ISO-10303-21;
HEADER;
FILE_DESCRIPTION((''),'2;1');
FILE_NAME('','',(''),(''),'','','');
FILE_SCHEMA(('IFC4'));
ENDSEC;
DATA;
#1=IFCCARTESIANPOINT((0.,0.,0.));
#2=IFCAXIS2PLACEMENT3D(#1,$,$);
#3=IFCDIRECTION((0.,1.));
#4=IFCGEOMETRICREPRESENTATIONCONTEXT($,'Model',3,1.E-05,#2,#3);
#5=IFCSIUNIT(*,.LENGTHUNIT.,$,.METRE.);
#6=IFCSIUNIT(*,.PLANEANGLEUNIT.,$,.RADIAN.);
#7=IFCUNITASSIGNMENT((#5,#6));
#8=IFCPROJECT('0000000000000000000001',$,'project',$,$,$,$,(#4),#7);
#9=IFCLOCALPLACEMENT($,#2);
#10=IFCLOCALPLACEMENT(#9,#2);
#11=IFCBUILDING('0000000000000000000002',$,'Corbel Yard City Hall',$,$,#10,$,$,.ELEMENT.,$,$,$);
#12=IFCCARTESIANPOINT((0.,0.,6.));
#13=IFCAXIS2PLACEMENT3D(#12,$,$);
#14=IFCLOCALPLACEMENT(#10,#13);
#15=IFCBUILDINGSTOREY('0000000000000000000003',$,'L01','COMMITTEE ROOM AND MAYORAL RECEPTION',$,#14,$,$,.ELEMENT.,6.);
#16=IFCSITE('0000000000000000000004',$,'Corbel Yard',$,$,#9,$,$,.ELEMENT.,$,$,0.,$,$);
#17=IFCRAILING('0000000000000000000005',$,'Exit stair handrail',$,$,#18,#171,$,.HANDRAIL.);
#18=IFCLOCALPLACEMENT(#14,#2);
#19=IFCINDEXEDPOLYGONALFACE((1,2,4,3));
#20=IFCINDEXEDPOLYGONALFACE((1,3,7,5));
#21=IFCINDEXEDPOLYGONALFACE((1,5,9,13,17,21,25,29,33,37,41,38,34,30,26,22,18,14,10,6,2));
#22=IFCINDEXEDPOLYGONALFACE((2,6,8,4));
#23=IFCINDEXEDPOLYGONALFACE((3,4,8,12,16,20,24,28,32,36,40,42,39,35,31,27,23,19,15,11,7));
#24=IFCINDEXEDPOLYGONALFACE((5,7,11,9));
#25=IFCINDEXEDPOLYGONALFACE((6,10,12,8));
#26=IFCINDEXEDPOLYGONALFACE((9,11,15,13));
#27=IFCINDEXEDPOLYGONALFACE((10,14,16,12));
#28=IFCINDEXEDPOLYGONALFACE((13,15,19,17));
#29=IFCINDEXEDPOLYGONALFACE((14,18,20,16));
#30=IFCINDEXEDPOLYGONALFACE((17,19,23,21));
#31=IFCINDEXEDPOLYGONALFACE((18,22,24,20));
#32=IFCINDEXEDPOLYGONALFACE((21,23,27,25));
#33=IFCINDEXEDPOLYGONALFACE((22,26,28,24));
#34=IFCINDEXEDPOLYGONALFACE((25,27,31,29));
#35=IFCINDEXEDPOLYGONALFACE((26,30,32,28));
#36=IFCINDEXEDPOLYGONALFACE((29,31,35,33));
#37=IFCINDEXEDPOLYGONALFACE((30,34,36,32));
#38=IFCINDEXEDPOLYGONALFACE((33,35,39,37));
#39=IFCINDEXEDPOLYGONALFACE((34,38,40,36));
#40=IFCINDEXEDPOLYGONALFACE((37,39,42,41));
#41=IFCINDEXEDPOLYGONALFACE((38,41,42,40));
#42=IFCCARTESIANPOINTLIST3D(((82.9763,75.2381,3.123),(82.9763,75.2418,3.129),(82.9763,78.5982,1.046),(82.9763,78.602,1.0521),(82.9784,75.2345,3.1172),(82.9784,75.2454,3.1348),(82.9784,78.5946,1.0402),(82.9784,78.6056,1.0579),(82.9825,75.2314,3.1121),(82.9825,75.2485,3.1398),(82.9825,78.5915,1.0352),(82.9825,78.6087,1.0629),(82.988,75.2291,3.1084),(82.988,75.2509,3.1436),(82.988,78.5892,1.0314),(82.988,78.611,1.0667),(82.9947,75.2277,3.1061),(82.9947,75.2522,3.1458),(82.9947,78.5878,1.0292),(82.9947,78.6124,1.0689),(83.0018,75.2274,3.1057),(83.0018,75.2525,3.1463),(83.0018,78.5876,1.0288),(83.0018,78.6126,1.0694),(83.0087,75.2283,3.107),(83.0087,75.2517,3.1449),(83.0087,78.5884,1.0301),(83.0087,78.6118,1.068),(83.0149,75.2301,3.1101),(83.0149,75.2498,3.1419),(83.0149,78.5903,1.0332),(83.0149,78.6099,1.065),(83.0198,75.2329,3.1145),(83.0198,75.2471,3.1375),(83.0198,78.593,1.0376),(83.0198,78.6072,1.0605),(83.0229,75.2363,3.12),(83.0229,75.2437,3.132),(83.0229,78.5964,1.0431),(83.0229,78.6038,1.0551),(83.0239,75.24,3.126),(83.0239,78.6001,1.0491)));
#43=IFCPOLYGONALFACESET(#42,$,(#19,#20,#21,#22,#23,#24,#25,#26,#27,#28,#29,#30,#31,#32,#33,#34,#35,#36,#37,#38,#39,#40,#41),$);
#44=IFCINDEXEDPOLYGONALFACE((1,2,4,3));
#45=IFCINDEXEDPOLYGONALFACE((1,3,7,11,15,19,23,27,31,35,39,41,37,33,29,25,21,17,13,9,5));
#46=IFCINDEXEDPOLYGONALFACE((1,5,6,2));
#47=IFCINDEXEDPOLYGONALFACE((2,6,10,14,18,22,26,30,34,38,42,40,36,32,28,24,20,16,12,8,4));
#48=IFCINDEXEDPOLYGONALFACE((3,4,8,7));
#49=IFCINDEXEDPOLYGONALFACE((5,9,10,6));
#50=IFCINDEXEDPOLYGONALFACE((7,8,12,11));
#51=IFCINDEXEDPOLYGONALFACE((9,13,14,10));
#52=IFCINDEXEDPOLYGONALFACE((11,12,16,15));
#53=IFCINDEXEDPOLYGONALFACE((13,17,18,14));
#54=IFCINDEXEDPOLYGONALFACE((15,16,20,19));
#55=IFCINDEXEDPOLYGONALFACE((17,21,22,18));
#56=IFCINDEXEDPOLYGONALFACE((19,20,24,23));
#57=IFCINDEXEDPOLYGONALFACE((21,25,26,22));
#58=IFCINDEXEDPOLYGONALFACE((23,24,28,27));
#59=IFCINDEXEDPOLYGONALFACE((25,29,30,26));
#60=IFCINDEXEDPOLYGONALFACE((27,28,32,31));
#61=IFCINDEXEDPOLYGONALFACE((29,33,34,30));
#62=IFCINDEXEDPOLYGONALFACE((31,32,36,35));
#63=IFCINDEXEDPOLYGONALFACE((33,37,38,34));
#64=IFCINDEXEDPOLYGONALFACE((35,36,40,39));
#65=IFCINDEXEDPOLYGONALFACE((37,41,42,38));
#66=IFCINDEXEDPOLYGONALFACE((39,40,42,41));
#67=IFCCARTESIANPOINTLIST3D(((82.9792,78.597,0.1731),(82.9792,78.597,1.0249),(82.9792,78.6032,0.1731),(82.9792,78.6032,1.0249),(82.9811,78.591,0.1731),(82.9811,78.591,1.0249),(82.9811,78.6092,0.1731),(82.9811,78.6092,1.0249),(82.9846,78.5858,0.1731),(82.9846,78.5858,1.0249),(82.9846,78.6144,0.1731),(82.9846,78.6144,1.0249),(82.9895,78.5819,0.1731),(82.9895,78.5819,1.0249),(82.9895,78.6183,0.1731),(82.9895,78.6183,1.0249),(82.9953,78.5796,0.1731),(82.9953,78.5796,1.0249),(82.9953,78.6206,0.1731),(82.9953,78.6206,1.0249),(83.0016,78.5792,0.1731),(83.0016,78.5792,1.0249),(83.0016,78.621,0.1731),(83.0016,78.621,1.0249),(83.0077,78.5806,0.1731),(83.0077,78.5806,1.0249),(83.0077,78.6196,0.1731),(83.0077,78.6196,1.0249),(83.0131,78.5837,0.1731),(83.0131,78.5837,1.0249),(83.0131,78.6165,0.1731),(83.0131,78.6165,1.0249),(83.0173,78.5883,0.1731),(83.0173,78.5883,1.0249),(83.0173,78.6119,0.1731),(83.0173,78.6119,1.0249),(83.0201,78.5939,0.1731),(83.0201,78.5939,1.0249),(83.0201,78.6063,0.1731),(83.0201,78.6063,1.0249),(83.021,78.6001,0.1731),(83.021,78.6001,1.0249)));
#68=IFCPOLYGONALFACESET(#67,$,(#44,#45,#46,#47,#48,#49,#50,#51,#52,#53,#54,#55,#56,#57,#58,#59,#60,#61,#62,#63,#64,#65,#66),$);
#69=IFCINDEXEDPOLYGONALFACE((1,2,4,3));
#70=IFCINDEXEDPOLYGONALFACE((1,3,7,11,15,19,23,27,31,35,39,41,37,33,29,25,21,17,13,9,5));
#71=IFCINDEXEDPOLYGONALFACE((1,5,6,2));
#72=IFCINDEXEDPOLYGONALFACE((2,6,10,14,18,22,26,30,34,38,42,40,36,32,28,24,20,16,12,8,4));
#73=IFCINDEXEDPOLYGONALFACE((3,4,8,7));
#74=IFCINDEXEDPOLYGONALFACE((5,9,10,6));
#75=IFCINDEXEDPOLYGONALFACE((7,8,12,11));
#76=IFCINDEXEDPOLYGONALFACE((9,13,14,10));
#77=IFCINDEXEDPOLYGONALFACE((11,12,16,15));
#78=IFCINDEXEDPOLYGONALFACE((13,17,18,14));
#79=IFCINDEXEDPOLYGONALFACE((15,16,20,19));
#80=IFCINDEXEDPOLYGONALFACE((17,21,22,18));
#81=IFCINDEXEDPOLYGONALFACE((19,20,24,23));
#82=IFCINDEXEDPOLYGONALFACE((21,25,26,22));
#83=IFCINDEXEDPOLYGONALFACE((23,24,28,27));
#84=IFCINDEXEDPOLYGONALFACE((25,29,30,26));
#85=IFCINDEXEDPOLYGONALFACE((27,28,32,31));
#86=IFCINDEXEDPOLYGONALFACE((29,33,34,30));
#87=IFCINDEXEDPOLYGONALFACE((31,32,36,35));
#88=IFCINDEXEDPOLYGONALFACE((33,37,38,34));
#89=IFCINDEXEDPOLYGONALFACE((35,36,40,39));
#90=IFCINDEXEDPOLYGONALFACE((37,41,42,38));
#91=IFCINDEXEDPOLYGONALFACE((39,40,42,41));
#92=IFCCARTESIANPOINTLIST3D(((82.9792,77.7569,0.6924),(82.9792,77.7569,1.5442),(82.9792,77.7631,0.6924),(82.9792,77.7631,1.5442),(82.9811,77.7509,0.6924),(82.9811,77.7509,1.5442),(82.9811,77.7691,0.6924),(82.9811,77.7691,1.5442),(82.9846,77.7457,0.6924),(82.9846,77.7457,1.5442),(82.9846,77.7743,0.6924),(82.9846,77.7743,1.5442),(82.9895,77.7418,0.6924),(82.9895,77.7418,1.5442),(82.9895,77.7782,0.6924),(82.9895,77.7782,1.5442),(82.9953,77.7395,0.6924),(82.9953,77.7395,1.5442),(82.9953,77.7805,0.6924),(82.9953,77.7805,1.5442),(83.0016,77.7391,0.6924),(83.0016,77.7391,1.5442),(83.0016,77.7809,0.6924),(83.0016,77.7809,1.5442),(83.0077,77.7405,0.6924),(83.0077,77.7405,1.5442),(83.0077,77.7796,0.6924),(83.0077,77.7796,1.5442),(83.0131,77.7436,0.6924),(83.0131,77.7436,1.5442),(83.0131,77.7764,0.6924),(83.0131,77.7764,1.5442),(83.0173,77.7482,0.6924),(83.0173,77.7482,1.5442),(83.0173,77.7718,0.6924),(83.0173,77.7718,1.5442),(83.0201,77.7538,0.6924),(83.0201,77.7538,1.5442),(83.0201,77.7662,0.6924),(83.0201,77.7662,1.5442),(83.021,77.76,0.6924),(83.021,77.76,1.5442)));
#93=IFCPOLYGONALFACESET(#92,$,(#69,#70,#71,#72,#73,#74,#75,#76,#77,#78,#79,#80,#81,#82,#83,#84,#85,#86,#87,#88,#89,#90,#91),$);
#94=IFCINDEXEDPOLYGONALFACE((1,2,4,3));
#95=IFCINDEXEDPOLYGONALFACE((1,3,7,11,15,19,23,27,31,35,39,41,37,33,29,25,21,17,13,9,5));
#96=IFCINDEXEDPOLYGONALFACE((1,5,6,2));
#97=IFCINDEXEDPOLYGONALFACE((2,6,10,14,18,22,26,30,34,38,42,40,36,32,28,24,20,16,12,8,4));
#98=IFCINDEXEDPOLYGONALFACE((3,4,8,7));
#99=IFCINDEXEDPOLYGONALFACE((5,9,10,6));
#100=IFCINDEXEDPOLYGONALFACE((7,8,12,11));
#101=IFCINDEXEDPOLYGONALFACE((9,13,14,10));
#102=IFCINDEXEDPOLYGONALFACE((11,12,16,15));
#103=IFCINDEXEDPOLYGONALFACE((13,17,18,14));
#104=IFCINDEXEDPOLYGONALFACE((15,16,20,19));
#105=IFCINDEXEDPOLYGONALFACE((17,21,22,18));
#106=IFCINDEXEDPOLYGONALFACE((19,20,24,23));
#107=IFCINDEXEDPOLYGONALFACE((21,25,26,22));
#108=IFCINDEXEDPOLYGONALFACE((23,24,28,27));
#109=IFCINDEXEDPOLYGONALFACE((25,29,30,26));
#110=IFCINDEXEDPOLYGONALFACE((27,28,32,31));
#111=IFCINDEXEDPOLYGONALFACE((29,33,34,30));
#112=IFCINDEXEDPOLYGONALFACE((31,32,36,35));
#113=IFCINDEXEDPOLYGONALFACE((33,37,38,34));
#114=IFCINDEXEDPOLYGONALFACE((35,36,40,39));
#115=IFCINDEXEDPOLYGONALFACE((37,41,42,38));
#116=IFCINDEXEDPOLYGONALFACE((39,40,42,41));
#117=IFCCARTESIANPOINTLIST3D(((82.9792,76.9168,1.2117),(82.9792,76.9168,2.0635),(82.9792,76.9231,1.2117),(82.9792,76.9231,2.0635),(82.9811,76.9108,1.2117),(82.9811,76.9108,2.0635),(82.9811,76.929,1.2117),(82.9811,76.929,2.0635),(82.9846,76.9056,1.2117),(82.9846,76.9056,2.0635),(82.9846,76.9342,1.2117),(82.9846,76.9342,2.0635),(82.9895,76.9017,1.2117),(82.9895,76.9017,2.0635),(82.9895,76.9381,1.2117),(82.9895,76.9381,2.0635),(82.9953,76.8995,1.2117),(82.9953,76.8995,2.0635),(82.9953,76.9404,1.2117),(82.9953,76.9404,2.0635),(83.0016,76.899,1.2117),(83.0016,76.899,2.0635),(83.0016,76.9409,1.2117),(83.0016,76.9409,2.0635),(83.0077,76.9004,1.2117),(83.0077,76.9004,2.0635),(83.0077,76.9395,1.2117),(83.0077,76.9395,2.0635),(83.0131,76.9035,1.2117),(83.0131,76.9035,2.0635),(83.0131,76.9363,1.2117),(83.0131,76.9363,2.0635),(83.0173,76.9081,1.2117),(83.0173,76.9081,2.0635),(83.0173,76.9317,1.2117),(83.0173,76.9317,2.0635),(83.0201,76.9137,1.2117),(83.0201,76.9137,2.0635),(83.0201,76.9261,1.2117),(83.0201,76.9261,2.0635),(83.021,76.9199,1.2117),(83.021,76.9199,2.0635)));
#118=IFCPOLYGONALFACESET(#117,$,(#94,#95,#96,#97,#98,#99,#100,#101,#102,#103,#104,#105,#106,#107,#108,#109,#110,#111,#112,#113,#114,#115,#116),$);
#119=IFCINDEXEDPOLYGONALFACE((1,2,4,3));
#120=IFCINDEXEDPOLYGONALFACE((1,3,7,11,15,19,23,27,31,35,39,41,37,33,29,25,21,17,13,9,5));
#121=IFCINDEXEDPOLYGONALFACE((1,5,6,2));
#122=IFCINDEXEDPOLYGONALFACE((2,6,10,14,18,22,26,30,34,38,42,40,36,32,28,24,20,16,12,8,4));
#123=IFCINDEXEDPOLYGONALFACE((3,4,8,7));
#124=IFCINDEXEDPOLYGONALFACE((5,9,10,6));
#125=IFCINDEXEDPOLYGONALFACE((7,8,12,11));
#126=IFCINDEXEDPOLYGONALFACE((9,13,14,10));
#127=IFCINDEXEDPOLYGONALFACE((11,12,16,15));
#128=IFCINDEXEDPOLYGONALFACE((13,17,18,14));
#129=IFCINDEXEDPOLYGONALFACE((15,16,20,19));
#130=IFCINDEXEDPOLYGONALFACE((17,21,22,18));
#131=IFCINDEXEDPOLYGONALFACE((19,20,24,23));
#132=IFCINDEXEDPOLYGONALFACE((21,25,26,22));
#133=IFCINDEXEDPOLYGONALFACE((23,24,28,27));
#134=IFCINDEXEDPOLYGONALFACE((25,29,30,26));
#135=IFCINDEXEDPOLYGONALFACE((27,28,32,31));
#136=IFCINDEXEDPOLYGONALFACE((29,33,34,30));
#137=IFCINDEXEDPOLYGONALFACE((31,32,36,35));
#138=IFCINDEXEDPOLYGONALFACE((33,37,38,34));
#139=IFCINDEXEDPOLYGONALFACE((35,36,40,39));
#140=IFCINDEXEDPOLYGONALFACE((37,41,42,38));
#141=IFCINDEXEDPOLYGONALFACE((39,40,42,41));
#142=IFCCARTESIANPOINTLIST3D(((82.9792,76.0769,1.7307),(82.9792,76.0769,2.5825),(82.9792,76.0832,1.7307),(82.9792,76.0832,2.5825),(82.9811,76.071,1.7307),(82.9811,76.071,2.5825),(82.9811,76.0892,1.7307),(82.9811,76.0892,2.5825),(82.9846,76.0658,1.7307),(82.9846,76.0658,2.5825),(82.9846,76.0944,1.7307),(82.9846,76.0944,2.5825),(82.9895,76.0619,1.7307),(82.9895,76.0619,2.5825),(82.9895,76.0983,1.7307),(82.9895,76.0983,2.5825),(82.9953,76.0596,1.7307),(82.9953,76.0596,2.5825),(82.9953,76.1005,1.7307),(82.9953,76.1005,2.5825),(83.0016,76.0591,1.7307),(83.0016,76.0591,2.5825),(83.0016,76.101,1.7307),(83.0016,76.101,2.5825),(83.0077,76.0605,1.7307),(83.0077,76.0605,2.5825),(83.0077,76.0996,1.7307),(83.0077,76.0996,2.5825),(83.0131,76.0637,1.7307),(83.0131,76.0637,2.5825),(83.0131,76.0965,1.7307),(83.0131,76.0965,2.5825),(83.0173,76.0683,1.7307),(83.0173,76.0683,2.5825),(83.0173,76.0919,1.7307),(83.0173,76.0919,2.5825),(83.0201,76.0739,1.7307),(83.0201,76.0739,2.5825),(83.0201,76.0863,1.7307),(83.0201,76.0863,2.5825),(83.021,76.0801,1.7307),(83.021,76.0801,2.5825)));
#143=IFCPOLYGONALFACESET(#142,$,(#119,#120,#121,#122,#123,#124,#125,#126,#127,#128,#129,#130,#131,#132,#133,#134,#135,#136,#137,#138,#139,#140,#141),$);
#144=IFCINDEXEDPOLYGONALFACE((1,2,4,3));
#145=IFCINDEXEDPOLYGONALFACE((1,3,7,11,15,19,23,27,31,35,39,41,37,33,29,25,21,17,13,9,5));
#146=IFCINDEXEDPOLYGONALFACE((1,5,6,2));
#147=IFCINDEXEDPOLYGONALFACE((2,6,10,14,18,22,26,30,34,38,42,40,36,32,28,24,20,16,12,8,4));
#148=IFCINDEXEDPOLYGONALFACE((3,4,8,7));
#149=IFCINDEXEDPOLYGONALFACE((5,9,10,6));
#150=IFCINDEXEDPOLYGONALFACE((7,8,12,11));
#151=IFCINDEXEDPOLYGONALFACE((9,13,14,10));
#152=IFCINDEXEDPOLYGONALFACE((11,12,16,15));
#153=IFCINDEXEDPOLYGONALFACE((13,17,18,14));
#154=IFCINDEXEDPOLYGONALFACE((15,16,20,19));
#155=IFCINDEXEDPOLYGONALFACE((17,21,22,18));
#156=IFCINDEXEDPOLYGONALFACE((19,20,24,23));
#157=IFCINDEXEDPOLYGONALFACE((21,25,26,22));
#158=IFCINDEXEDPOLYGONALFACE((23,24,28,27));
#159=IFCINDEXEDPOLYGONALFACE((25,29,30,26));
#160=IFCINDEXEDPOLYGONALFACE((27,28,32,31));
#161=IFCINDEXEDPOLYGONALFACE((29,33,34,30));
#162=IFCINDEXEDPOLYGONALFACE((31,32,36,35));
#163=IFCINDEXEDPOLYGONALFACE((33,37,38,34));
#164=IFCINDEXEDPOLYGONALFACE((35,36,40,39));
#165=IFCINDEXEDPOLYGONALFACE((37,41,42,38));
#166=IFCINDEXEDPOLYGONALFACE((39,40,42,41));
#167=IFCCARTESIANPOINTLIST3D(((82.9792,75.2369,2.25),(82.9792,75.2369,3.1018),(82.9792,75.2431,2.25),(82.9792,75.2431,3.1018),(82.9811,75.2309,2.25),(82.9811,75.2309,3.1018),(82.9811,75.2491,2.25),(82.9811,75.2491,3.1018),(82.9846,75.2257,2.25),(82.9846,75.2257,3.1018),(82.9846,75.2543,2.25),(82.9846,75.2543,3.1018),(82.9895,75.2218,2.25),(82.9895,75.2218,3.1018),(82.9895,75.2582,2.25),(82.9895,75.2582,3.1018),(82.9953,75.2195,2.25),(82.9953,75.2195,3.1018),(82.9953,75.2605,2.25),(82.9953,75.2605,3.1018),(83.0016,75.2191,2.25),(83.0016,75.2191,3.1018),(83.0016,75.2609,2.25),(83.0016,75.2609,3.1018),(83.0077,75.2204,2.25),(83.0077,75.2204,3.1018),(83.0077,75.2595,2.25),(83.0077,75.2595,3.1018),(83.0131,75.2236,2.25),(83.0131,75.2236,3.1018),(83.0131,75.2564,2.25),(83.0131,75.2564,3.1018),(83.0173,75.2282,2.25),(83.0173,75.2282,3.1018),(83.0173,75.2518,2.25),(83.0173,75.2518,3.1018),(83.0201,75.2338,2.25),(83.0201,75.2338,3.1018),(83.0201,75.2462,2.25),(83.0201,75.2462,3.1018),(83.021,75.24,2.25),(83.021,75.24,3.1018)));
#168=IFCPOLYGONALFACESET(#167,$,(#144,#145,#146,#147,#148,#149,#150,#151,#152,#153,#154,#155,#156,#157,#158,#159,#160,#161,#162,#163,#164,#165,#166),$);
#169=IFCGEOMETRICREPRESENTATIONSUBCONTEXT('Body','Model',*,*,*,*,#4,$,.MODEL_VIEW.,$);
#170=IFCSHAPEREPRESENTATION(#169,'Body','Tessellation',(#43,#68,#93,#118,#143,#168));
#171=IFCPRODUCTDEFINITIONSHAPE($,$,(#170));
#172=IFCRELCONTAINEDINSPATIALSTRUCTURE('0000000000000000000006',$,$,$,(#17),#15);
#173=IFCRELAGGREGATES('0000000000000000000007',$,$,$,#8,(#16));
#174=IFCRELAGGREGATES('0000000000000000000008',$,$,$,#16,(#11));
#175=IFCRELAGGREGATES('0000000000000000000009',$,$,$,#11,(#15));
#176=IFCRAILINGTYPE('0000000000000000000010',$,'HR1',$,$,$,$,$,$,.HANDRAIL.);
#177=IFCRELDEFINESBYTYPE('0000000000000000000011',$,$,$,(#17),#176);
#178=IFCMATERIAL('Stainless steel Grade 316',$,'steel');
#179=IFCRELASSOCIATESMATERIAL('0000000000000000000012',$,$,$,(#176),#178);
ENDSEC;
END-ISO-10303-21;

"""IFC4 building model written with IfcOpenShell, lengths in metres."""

from ifc_helpers import new_model, si_unit, direction, frame, origin, origin_2d, place, context, subcontext, project, spatial, circle, extrude, material, type_object, element, save


model = new_model("IFC4")

# Units and contexts
model_context = context("Model", 3, precision=1e-05, world=origin(), true_north=direction((0.0, 1.0)))
body_context = subcontext(model_context, "Body", "Model", "MODEL_VIEW")
ifc_project = project(units=[si_unit("LENGTHUNIT", "METRE"), si_unit("PLANEANGLEUNIT", "RADIAN")], contexts=[model_context])

# Site, building, storey
site_placement = place(None, origin())
site = spatial("IfcSite", under=ifc_project, at=site_placement, Name="Corbel Yard", CompositionType="ELEMENT", RefElevation=0.0)
building_placement = place(site_placement, origin())
building = spatial("IfcBuilding", under=site, at=building_placement, Name="Corbel Yard City Hall", CompositionType="ELEMENT")
storey_placement = place(building_placement, frame((0.0, 0.0, 6.0)))
storey = spatial("IfcBuildingStorey", under=building, at=storey_placement, Name="L01", Description="COMMITTEE ROOM AND MAYORAL RECEPTION", CompositionType="ELEMENT", Elevation=6.0)

# Railing
ifc_material_1 = material(Name="Stainless steel Grade 316", Category="steel")
railing_type_1 = type_object("IfcRailingType", Name="HR1", PredefinedType="HANDRAIL", material=ifc_material_1)
railing_1_placement = place(storey_placement, frame((83.0, 78.6001, 0.1731)))
element("IfcRailing", 1, at=railing_1_placement, inside=storey, type_object=railing_type_1, Name="Exit stair handrail", PredefinedType="HANDRAIL", context=body_context, shape_type="SweptSolid", body=[
    extrude(circle(Radius=0.0239, at=origin_2d()), frame((0.0, 0.0, 0.876), z_axis=(0.0, -0.850623, 0.525776), x_axis=(1.0, 0.0, 0.0)), (0.0, 0.0, 1.0), 3.9502),
    extrude(circle(Radius=0.021, at=origin_2d()), origin(), (0.0, 0.0, 1.0), 0.8518),
    extrude(circle(Radius=0.021, at=origin_2d()), frame((0.0, -0.8401, 0.5193)), (0.0, 0.0, 1.0), 0.8518),
    extrude(circle(Radius=0.021, at=origin_2d()), frame((0.0, -1.6802, 1.0386)), (0.0, 0.0, 1.0), 0.8518),
    extrude(circle(Radius=0.021, at=origin_2d()), frame((0.0, -2.52, 1.5576)), (0.0, 0.0, 1.0), 0.8518),
    extrude(circle(Radius=0.021, at=origin_2d()), frame((0.0, -3.3601, 2.0769)), (0.0, 0.0, 1.0), 0.8518),
])

save(model, "model.ifc")
